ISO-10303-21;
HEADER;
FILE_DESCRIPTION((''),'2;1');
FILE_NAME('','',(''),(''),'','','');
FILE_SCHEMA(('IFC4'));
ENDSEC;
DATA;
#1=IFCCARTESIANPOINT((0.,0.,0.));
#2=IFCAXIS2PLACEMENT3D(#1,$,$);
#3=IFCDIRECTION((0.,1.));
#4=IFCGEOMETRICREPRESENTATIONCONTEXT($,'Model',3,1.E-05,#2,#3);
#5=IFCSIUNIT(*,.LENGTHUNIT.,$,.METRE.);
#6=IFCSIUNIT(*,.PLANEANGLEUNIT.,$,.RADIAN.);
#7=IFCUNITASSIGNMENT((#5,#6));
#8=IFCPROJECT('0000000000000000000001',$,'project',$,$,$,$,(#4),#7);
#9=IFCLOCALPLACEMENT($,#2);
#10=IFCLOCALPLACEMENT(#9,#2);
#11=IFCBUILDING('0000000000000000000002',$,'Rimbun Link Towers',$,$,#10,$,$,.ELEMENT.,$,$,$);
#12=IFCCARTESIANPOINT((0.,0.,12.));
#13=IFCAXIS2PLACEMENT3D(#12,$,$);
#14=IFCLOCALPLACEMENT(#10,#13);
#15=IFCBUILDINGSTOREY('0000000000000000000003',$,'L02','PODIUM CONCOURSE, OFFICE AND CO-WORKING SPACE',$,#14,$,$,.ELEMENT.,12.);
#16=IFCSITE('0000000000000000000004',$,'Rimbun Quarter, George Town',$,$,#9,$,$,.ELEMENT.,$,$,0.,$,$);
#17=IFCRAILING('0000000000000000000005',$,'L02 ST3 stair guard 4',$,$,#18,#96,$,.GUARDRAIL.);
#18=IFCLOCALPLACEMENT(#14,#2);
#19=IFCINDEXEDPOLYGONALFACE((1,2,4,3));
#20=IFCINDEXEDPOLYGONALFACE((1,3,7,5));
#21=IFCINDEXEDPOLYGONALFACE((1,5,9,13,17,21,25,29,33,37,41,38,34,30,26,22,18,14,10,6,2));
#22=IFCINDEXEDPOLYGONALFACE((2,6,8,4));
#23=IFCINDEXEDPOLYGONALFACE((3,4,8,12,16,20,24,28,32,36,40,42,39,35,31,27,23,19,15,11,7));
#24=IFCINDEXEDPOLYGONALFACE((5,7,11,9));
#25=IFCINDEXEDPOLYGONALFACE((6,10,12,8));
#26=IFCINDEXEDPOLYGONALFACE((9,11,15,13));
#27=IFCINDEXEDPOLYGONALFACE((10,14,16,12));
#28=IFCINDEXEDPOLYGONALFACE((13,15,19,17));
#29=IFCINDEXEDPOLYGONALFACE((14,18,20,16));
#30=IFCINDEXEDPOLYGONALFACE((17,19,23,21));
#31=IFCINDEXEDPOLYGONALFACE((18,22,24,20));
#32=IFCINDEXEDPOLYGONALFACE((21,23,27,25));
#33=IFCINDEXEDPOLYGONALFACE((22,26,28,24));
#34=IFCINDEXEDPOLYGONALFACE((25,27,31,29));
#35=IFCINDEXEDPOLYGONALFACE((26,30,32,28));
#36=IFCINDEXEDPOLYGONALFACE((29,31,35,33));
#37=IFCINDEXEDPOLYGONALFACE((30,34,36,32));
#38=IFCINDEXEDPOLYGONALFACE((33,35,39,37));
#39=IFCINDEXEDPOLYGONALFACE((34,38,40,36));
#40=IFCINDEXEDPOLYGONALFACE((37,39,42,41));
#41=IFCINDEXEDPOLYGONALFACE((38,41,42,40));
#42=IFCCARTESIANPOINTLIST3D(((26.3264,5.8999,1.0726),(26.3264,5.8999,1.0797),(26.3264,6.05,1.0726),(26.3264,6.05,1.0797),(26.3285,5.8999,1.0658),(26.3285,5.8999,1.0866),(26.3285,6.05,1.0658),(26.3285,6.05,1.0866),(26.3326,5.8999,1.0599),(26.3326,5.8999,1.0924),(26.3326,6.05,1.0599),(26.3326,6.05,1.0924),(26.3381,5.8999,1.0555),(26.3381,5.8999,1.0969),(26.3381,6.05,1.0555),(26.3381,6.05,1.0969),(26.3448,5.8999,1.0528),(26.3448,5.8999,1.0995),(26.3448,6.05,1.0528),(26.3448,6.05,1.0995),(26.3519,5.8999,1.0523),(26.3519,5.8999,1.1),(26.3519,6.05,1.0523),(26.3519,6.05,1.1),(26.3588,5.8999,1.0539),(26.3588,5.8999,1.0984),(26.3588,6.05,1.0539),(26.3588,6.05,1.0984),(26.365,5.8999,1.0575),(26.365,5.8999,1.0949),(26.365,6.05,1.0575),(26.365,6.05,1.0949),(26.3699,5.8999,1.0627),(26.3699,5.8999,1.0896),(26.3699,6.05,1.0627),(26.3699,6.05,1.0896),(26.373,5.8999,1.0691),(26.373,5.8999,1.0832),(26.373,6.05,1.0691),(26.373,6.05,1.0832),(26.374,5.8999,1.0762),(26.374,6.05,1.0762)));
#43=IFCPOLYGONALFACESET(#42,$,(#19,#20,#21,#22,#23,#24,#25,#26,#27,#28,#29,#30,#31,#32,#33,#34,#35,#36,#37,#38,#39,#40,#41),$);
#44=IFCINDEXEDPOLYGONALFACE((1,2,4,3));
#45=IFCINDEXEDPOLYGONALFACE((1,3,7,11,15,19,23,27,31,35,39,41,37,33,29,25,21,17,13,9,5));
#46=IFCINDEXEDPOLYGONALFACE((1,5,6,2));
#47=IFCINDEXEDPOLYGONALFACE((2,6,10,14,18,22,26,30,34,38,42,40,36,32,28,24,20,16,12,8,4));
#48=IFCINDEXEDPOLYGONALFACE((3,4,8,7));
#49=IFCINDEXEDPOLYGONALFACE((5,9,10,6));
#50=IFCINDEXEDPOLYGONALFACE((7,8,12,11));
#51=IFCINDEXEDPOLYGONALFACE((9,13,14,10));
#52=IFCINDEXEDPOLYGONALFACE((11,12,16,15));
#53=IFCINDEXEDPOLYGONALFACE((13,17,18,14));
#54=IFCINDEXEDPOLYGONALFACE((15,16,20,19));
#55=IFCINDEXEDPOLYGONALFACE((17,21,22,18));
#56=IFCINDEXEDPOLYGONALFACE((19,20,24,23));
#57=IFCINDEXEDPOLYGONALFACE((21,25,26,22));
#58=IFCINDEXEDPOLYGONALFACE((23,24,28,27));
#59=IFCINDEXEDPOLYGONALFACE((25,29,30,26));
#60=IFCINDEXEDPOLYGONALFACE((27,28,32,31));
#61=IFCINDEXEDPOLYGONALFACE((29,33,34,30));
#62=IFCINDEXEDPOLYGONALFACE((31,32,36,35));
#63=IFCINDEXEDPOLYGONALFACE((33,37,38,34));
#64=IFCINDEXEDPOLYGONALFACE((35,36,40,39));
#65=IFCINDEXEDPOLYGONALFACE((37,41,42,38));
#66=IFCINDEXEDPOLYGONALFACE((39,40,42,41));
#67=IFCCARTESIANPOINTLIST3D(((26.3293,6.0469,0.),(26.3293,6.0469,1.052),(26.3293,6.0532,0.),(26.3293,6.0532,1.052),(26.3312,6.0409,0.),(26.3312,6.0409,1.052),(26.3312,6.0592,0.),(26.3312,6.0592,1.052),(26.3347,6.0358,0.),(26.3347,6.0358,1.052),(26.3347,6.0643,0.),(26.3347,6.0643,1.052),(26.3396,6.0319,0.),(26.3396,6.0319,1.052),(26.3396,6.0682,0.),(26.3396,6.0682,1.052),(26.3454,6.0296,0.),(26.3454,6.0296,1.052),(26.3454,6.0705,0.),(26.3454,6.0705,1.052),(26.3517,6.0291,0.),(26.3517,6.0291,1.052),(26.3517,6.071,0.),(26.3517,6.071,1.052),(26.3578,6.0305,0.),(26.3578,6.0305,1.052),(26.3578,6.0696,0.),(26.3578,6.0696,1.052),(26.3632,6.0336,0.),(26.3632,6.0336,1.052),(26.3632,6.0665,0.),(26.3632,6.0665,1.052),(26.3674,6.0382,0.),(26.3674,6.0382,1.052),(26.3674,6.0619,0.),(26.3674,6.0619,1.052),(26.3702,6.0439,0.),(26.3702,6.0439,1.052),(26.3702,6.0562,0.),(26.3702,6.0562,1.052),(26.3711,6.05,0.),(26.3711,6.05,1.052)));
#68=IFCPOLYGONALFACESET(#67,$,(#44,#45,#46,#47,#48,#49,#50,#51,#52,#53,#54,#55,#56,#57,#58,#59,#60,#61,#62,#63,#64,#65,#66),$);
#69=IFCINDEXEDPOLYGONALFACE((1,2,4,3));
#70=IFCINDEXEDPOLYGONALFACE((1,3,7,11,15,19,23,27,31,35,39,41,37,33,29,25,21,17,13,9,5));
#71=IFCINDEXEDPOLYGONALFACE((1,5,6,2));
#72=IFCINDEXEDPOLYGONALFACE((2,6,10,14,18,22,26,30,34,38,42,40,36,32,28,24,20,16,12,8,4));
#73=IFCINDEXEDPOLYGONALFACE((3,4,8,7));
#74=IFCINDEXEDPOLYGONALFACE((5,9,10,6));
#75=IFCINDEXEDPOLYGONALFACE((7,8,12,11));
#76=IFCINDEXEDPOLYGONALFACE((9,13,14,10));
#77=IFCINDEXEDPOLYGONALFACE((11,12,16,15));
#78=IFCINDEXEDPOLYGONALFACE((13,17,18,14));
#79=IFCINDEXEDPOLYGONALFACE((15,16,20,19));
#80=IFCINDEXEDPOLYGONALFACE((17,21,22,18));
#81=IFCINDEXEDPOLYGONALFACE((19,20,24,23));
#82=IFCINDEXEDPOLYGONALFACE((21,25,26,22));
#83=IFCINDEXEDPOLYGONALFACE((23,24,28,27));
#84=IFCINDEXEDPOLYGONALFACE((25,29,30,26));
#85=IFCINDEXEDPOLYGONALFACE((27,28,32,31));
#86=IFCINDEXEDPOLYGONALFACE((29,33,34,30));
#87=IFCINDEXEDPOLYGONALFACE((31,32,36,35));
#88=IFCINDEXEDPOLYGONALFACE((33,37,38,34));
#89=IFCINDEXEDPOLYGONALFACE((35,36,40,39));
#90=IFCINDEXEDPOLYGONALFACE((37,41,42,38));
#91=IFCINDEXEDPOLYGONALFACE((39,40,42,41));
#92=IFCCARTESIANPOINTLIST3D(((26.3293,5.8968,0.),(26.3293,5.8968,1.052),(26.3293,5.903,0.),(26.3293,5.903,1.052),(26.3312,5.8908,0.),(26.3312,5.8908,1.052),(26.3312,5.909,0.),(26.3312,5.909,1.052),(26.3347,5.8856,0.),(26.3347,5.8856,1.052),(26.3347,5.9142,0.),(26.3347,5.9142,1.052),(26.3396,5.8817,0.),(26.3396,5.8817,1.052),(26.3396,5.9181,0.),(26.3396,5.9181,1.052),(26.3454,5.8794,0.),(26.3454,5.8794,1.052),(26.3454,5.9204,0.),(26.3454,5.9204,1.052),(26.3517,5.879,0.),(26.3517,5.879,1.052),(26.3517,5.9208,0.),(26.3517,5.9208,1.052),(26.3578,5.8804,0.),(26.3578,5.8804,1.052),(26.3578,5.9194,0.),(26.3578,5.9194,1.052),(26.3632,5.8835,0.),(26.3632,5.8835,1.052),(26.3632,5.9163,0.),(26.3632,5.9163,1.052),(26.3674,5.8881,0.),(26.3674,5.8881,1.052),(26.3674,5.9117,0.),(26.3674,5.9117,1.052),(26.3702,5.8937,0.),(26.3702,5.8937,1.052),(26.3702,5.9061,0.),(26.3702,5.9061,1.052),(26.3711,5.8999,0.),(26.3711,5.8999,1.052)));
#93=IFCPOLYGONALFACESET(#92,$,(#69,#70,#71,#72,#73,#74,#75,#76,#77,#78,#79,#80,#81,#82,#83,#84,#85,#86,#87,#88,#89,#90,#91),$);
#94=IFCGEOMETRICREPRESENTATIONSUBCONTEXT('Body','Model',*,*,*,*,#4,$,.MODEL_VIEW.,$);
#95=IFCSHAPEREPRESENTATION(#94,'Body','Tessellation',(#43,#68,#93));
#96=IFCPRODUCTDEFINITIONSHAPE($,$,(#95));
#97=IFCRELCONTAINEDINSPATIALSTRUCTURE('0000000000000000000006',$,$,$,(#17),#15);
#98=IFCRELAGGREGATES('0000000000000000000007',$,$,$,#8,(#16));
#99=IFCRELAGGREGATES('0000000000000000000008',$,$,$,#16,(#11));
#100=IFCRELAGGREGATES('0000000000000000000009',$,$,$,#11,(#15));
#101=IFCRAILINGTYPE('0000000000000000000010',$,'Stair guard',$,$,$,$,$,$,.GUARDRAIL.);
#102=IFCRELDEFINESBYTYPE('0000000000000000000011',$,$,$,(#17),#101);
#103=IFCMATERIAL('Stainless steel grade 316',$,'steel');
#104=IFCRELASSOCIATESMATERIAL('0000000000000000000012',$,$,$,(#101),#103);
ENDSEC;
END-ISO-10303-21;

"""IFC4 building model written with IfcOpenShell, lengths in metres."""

from ifc_helpers import new_model, si_unit, direction, frame, origin, origin_2d, place, context, subcontext, project, spatial, circle, extrude, material, type_object, element, save


model = new_model("IFC4")

# Units and contexts
model_context = context("Model", 3, precision=1e-05, world=origin(), true_north=direction((0.0, 1.0)))
body_context = subcontext(model_context, "Body", "Model", "MODEL_VIEW")
ifc_project = project(units=[si_unit("LENGTHUNIT", "METRE"), si_unit("PLANEANGLEUNIT", "RADIAN")], contexts=[model_context])

# Site, building, storey
site_placement = place(None, origin())
site = spatial("IfcSite", under=ifc_project, at=site_placement, Name="Rimbun Quarter, George Town", CompositionType="ELEMENT", RefElevation=0.0)
building_placement = place(site_placement, origin())
building = spatial("IfcBuilding", under=site, at=building_placement, Name="Rimbun Link Towers", CompositionType="ELEMENT")
storey_placement = place(building_placement, frame((0.0, 0.0, 12.0)))
storey = spatial("IfcBuildingStorey", under=building, at=storey_placement, Name="L02", Description="PODIUM CONCOURSE, OFFICE AND CO-WORKING SPACE", CompositionType="ELEMENT", Elevation=12.0)

# Railing
ifc_material_1 = material(Name="Stainless steel grade 316", Category="steel")
railing_type_1 = type_object("IfcRailingType", Name="Stair guard", PredefinedType="GUARDRAIL", material=ifc_material_1)
railing_1_placement = place(storey_placement, frame((26.3501, 6.05, 0.0)))
element("IfcRailing", 1, at=railing_1_placement, inside=storey, type_object=railing_type_1, Name="L02 ST3 stair guard 4", PredefinedType="GUARDRAIL", context=body_context, shape_type="SweptSolid", body=[
    extrude(circle(Radius=0.0239, at=origin_2d()), frame((0.0, 0.0, 1.0762), z_axis=(0.0, -1.0, 0.0), x_axis=(1.0, 0.0, 0.0)), (0.0, 0.0, 1.0), 0.1501),
    extrude(circle(Radius=0.021, at=origin_2d()), origin(), (0.0, 0.0, 1.0), 1.052),
    extrude(circle(Radius=0.021, at=origin_2d()), frame((0.0, -0.1501, 0.0)), (0.0, 0.0, 1.0), 1.052),
])

save(model, "model.ifc")
